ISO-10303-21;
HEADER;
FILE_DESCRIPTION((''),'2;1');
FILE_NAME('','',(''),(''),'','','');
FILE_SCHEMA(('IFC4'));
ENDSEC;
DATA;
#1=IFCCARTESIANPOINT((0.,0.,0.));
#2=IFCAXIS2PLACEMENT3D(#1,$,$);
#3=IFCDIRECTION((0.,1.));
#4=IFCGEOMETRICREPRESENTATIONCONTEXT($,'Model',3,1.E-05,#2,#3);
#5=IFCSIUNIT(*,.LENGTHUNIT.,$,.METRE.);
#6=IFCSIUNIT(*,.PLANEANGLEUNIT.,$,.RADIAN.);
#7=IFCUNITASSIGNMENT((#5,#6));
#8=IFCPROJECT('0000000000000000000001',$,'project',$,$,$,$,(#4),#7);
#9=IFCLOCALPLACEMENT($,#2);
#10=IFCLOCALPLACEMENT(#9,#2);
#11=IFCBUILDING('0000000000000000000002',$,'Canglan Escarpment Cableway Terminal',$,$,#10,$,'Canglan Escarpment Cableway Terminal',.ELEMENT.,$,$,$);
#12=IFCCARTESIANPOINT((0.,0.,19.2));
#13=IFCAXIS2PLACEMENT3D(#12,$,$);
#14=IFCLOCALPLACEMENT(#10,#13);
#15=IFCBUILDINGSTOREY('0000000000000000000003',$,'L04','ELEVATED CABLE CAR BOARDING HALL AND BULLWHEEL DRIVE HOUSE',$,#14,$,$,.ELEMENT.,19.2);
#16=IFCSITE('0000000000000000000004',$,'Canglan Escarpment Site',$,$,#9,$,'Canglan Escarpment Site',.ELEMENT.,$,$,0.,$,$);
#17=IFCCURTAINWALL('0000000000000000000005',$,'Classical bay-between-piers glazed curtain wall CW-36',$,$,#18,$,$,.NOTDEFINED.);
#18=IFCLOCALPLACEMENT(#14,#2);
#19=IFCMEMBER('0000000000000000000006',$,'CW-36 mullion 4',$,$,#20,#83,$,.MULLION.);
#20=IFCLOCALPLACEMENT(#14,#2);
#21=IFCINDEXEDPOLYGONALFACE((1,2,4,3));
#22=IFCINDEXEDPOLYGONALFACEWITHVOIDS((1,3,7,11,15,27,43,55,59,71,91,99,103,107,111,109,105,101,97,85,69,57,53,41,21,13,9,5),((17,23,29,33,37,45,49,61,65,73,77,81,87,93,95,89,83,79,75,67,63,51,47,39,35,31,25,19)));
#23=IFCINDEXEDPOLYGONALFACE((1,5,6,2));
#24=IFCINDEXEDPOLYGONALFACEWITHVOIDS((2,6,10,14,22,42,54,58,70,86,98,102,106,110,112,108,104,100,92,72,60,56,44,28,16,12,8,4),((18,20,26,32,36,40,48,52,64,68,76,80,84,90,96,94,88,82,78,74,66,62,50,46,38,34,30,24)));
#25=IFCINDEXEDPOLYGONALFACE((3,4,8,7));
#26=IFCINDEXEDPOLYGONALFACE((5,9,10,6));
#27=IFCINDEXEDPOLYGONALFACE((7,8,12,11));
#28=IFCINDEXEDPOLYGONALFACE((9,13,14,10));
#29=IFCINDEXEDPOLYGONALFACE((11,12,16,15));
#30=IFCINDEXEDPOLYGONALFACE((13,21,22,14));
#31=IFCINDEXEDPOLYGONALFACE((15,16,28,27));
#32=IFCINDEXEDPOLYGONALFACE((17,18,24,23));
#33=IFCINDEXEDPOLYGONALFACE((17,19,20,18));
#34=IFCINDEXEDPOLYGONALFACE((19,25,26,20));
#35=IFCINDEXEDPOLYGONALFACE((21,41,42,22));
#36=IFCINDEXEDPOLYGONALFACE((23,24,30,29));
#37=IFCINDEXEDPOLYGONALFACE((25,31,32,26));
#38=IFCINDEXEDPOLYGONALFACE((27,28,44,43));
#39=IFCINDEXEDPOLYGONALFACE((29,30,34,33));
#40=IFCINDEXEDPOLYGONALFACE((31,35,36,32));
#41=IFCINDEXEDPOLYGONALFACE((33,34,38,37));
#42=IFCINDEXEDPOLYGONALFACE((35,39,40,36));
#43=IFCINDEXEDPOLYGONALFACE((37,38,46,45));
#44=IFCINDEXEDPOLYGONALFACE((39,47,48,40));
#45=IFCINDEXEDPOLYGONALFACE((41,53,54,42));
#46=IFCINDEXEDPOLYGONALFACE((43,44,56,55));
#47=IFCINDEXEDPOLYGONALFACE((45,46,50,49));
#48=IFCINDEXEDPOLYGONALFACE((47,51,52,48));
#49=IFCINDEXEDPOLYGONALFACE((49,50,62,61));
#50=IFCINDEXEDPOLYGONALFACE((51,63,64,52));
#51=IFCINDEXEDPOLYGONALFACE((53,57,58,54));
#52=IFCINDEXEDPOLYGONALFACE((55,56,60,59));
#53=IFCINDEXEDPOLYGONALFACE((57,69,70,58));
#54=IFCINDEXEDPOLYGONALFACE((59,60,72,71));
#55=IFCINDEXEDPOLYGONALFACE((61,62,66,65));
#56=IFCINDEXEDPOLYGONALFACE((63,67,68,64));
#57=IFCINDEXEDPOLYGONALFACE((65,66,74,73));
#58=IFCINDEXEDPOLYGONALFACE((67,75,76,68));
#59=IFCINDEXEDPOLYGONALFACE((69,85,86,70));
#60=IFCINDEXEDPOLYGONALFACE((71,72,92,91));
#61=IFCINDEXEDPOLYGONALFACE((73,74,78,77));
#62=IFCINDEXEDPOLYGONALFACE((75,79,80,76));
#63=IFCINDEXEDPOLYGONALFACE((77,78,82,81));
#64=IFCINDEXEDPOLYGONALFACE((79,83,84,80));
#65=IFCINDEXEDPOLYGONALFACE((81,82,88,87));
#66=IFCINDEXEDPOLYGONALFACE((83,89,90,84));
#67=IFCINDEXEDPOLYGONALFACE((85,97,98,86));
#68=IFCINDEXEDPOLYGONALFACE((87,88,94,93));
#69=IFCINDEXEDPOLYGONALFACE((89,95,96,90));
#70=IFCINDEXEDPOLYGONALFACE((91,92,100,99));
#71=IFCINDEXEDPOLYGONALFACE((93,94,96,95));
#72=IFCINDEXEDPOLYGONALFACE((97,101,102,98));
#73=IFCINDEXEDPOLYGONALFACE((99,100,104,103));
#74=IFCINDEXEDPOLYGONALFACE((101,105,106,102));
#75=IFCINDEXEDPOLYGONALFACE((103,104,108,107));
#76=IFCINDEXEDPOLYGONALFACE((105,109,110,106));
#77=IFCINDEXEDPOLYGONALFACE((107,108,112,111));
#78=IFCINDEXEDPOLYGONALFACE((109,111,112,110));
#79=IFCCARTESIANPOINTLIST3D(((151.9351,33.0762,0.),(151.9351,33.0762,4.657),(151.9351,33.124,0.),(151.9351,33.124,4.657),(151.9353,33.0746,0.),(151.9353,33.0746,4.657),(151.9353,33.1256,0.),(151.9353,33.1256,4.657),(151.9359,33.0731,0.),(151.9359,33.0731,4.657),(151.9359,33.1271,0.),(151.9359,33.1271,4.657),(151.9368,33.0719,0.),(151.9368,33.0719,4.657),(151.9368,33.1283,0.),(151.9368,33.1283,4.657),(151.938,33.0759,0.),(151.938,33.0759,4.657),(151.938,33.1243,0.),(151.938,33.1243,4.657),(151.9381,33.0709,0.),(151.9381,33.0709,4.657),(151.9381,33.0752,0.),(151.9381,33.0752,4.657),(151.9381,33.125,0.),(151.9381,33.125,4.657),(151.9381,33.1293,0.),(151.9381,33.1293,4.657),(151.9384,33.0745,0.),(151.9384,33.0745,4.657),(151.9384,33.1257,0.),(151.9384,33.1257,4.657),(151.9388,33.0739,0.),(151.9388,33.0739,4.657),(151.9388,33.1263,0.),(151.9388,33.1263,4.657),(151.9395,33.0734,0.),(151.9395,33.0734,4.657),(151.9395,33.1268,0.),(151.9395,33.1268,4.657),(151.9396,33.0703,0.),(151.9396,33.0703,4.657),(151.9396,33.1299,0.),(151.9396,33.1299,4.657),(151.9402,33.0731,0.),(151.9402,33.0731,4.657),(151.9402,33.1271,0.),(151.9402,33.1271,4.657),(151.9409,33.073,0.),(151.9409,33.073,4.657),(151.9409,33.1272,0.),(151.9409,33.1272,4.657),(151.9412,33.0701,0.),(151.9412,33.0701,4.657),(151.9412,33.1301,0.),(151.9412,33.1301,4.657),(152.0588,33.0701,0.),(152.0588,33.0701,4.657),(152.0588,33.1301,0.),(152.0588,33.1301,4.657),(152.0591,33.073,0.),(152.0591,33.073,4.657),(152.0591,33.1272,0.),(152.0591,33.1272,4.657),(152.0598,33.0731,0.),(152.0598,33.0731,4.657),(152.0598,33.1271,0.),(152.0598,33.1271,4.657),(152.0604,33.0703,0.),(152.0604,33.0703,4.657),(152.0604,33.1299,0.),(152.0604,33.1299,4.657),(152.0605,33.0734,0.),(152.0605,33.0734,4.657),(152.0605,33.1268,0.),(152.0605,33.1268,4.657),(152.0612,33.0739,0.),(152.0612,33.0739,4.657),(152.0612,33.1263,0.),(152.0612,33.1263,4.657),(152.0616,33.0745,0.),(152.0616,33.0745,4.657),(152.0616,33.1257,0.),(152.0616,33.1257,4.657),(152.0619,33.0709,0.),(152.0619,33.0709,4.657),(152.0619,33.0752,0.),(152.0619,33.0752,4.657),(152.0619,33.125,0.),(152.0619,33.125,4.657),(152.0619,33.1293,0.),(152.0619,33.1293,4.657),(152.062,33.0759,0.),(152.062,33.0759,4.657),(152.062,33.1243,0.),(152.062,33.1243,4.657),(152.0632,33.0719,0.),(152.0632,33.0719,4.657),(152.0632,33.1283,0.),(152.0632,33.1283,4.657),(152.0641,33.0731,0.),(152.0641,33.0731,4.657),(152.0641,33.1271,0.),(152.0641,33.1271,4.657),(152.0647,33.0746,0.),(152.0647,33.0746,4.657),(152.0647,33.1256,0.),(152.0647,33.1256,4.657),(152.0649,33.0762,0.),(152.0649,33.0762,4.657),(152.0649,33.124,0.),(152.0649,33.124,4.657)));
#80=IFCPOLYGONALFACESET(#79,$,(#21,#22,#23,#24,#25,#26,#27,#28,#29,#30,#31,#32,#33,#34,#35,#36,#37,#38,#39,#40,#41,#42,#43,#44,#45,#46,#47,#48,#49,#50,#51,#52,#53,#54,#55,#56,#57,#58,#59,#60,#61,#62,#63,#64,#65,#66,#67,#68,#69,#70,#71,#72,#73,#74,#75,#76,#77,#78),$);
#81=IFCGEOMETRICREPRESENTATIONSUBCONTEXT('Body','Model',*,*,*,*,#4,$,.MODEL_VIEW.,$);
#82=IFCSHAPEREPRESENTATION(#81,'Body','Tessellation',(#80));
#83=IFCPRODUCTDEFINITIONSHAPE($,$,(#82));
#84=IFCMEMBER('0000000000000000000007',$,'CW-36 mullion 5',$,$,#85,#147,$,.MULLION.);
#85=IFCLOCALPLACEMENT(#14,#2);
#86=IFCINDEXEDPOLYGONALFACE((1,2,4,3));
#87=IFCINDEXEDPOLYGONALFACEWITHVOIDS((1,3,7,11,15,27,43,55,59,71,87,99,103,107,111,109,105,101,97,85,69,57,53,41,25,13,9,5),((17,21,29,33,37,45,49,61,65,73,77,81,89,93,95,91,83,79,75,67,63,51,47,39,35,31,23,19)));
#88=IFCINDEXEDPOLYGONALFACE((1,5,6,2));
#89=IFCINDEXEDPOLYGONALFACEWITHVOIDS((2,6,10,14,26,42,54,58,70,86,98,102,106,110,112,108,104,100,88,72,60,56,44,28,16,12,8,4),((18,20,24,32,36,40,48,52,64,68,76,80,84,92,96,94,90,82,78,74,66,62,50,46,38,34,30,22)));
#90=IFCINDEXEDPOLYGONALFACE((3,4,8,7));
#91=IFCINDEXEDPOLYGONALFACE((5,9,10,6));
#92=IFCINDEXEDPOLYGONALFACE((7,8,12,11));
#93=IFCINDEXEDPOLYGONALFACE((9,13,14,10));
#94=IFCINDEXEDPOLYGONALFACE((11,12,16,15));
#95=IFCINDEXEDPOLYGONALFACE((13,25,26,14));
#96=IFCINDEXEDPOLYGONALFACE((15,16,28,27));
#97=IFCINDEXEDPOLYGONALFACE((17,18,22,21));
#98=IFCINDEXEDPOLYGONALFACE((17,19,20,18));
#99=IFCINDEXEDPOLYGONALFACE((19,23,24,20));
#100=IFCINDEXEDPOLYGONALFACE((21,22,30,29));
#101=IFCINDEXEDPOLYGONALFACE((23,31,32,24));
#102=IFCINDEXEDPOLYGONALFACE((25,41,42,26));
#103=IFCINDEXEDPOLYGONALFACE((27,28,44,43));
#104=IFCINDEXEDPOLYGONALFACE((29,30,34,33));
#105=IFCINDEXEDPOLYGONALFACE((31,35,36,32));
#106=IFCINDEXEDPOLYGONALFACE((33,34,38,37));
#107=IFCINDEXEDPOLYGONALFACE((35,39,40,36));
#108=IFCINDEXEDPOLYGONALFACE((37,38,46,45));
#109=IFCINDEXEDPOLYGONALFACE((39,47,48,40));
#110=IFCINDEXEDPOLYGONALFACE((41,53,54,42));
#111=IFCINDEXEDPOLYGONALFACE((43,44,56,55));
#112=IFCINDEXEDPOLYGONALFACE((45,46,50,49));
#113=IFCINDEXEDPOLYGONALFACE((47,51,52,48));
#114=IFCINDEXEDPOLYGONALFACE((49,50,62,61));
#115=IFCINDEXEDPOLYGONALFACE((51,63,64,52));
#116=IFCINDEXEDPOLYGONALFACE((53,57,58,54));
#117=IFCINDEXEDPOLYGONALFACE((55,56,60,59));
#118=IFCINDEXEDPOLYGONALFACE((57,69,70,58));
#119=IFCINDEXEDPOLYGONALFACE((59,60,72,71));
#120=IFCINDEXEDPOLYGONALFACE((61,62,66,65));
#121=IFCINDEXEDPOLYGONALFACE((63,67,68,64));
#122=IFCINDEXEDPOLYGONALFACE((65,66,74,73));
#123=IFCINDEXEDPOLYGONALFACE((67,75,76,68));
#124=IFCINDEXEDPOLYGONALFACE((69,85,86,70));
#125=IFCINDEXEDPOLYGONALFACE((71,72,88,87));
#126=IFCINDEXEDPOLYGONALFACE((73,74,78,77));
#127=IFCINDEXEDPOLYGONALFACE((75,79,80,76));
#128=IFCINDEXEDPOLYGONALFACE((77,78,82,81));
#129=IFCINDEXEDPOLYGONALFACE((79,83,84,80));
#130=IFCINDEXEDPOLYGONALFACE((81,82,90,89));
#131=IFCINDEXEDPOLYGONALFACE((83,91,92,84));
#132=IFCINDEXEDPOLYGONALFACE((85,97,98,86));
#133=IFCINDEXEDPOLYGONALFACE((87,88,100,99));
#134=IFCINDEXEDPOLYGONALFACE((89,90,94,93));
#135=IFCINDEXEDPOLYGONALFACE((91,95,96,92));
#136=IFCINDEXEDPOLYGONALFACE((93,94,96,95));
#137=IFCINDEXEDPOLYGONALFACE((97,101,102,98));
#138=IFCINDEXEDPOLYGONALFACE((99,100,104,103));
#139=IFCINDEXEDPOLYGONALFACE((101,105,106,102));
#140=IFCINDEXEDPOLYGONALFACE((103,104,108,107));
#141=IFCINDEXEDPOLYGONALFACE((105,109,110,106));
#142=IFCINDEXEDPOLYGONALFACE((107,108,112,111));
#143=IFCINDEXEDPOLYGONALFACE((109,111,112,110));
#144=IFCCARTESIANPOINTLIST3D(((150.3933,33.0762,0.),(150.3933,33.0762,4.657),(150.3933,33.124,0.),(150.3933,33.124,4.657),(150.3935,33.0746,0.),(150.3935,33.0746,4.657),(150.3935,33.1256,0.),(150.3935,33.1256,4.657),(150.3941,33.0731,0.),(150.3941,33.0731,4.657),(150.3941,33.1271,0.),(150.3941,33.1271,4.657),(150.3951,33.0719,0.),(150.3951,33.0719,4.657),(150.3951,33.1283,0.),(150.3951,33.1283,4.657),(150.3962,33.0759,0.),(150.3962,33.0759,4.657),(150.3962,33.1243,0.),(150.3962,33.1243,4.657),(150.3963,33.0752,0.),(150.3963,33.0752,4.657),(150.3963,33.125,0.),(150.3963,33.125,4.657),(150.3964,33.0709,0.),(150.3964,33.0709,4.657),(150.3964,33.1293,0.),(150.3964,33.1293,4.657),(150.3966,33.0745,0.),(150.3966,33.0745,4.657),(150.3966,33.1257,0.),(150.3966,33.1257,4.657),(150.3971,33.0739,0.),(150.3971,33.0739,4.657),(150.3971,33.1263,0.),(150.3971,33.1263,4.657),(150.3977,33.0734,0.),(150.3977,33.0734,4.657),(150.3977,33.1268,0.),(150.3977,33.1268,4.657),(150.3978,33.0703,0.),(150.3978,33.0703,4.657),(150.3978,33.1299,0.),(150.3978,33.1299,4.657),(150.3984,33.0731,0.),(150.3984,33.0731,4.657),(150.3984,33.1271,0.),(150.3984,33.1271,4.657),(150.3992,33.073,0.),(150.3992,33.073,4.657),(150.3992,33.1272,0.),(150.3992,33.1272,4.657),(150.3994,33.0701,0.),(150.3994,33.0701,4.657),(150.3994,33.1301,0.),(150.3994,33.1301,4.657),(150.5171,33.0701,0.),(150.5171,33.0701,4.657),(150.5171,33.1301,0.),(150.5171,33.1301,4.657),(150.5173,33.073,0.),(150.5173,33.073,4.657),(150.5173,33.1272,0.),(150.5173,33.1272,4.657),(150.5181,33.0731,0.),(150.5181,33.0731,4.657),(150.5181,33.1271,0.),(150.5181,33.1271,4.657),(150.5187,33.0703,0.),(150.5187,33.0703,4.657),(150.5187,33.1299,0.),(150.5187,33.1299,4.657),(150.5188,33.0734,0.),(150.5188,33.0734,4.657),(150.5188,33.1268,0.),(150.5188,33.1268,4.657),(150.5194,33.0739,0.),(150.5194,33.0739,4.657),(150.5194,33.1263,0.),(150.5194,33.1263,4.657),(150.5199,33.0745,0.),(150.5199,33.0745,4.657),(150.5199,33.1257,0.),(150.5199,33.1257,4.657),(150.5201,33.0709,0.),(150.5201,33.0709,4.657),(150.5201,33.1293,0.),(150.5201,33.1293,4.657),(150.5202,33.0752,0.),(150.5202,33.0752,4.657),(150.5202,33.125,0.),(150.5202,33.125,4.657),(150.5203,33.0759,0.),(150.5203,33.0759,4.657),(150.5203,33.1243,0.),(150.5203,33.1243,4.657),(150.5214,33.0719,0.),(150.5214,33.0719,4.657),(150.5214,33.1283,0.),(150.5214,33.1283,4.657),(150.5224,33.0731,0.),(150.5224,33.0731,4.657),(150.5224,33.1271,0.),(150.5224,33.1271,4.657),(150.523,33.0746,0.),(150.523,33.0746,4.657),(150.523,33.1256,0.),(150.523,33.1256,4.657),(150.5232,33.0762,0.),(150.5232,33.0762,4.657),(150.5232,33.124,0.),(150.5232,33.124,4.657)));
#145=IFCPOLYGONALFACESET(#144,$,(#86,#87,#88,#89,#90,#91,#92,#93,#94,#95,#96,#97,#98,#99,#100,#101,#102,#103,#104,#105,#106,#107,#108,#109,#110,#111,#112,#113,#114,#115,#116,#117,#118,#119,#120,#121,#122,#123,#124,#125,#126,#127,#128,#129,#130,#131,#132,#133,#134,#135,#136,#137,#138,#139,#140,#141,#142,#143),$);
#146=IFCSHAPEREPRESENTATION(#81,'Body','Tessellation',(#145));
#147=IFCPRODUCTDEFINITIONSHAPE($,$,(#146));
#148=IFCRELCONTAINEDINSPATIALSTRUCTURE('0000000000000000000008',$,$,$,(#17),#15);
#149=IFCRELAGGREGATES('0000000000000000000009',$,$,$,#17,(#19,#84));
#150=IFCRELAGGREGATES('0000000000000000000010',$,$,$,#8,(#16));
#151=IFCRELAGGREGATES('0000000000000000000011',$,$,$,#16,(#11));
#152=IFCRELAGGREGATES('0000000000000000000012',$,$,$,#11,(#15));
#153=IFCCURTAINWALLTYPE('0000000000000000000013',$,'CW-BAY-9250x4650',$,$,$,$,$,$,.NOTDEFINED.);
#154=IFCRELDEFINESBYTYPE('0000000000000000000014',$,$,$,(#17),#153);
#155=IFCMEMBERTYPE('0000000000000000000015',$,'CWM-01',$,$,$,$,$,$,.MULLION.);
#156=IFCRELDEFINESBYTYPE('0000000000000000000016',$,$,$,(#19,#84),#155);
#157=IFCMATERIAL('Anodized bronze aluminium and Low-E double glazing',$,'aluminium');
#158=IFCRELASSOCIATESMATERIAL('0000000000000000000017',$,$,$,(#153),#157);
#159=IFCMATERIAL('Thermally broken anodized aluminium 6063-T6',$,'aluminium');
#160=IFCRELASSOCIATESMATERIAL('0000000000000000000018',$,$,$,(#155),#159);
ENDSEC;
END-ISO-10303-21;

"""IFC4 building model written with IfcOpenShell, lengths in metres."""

from ifc_helpers import new_model, si_unit, direction, frame, origin, origin_2d, place, context, subcontext, project, spatial, hollow_rectangle, extrude, material, material_profile, profile_set, type_object, element, aggregate, save


model = new_model("IFC4")

# Units and contexts
model_context = context("Model", 3, precision=1e-05, world=origin(), true_north=direction((0.0, 1.0)))
body_context = subcontext(model_context, "Body", "Model", "MODEL_VIEW")
ifc_project = project(units=[si_unit("LENGTHUNIT", "METRE"), si_unit("PLANEANGLEUNIT", "RADIAN")], contexts=[model_context])

# Site, building, storey
site_placement = place(None, origin())
site = spatial("IfcSite", under=ifc_project, at=site_placement, Name="Canglan Escarpment Site", LongName="Canglan Escarpment Site", CompositionType="ELEMENT", RefElevation=0.0)
building_placement = place(site_placement, origin())
building = spatial("IfcBuilding", under=site, at=building_placement, Name="Canglan Escarpment Cableway Terminal", LongName="Canglan Escarpment Cableway Terminal", CompositionType="ELEMENT")
storey_placement = place(building_placement, frame((0.0, 0.0, 19.2)))
storey = spatial("IfcBuildingStorey", under=building, at=storey_placement, Name="L04", Description="ELEVATED CABLE CAR BOARDING HALL AND BULLWHEEL DRIVE HOUSE", CompositionType="ELEMENT", Elevation=19.2)

# Curtain wall, members
ifc_material_1 = material(Name="Anodized bronze aluminium and Low-E double glazing", Category="aluminium")
curtain_wall_type = type_object("IfcCurtainWallType", Name="CW-BAY-9250x4650", PredefinedType="NOTDEFINED", material=ifc_material_1)
curtain_wall_placement = place(storey_placement, origin())
curtain_wall = element("IfcCurtainWall", 1, at=curtain_wall_placement, inside=storey, type_object=curtain_wall_type, Name="Classical bay-between-piers glazed curtain wall CW-36", PredefinedType="NOTDEFINED")
ifc_material_2 = material(Name="Thermally broken anodized aluminium 6063-T6", Category="aluminium")
ifc_material_profile_1 = material_profile(ifc_material_2, hollow_rectangle(XDim=0.0601, YDim=0.1299, WallThickness=0.0029, InnerFilletRadius=0.0029, OuterFilletRadius=0.0061, at=origin_2d()), Name="ALU-MULL 60x130x3")
ifc_profile_set_1 = profile_set([ifc_material_profile_1], Name="Thermally broken anodized aluminium 6063-T6")
member_type_1 = type_object("IfcMemberType", Name="CWM-01", PredefinedType="MULLION", material=ifc_profile_set_1)
member_1_placement = place(storey_placement, frame((152.0, 33.1001, 0.0), z_axis=(0.0, 0.0, 1.0), x_axis=(0.0, -1.0, 0.0)))
member_1 = element("IfcMember", 2, at=member_1_placement, type_object=member_type_1, Name="CW-36 mullion 4", PredefinedType="MULLION", context=body_context, shape_type="SweptSolid", body=[
    extrude(hollow_rectangle(XDim=0.0601, YDim=0.1299, WallThickness=0.0029, InnerFilletRadius=0.0029, OuterFilletRadius=0.0061, at=origin_2d()), origin(), (0.0, 0.0, 1.0), 4.657),
])
member_2_placement = place(storey_placement, frame((150.4583, 33.1001, 0.0), z_axis=(0.0, 0.0, 1.0), x_axis=(0.0, -1.0, 0.0)))
member_2 = element("IfcMember", 3, at=member_2_placement, type_object=member_type_1, Name="CW-36 mullion 5", PredefinedType="MULLION", context=body_context, shape_type="SweptSolid", body=[
    extrude(hollow_rectangle(XDim=0.0601, YDim=0.1299, WallThickness=0.0029, InnerFilletRadius=0.0029, OuterFilletRadius=0.0061, at=origin_2d()), origin(), (0.0, 0.0, 1.0), 4.657),
])

aggregate(curtain_wall, [member_1, member_2])

save(model, "model.ifc")
